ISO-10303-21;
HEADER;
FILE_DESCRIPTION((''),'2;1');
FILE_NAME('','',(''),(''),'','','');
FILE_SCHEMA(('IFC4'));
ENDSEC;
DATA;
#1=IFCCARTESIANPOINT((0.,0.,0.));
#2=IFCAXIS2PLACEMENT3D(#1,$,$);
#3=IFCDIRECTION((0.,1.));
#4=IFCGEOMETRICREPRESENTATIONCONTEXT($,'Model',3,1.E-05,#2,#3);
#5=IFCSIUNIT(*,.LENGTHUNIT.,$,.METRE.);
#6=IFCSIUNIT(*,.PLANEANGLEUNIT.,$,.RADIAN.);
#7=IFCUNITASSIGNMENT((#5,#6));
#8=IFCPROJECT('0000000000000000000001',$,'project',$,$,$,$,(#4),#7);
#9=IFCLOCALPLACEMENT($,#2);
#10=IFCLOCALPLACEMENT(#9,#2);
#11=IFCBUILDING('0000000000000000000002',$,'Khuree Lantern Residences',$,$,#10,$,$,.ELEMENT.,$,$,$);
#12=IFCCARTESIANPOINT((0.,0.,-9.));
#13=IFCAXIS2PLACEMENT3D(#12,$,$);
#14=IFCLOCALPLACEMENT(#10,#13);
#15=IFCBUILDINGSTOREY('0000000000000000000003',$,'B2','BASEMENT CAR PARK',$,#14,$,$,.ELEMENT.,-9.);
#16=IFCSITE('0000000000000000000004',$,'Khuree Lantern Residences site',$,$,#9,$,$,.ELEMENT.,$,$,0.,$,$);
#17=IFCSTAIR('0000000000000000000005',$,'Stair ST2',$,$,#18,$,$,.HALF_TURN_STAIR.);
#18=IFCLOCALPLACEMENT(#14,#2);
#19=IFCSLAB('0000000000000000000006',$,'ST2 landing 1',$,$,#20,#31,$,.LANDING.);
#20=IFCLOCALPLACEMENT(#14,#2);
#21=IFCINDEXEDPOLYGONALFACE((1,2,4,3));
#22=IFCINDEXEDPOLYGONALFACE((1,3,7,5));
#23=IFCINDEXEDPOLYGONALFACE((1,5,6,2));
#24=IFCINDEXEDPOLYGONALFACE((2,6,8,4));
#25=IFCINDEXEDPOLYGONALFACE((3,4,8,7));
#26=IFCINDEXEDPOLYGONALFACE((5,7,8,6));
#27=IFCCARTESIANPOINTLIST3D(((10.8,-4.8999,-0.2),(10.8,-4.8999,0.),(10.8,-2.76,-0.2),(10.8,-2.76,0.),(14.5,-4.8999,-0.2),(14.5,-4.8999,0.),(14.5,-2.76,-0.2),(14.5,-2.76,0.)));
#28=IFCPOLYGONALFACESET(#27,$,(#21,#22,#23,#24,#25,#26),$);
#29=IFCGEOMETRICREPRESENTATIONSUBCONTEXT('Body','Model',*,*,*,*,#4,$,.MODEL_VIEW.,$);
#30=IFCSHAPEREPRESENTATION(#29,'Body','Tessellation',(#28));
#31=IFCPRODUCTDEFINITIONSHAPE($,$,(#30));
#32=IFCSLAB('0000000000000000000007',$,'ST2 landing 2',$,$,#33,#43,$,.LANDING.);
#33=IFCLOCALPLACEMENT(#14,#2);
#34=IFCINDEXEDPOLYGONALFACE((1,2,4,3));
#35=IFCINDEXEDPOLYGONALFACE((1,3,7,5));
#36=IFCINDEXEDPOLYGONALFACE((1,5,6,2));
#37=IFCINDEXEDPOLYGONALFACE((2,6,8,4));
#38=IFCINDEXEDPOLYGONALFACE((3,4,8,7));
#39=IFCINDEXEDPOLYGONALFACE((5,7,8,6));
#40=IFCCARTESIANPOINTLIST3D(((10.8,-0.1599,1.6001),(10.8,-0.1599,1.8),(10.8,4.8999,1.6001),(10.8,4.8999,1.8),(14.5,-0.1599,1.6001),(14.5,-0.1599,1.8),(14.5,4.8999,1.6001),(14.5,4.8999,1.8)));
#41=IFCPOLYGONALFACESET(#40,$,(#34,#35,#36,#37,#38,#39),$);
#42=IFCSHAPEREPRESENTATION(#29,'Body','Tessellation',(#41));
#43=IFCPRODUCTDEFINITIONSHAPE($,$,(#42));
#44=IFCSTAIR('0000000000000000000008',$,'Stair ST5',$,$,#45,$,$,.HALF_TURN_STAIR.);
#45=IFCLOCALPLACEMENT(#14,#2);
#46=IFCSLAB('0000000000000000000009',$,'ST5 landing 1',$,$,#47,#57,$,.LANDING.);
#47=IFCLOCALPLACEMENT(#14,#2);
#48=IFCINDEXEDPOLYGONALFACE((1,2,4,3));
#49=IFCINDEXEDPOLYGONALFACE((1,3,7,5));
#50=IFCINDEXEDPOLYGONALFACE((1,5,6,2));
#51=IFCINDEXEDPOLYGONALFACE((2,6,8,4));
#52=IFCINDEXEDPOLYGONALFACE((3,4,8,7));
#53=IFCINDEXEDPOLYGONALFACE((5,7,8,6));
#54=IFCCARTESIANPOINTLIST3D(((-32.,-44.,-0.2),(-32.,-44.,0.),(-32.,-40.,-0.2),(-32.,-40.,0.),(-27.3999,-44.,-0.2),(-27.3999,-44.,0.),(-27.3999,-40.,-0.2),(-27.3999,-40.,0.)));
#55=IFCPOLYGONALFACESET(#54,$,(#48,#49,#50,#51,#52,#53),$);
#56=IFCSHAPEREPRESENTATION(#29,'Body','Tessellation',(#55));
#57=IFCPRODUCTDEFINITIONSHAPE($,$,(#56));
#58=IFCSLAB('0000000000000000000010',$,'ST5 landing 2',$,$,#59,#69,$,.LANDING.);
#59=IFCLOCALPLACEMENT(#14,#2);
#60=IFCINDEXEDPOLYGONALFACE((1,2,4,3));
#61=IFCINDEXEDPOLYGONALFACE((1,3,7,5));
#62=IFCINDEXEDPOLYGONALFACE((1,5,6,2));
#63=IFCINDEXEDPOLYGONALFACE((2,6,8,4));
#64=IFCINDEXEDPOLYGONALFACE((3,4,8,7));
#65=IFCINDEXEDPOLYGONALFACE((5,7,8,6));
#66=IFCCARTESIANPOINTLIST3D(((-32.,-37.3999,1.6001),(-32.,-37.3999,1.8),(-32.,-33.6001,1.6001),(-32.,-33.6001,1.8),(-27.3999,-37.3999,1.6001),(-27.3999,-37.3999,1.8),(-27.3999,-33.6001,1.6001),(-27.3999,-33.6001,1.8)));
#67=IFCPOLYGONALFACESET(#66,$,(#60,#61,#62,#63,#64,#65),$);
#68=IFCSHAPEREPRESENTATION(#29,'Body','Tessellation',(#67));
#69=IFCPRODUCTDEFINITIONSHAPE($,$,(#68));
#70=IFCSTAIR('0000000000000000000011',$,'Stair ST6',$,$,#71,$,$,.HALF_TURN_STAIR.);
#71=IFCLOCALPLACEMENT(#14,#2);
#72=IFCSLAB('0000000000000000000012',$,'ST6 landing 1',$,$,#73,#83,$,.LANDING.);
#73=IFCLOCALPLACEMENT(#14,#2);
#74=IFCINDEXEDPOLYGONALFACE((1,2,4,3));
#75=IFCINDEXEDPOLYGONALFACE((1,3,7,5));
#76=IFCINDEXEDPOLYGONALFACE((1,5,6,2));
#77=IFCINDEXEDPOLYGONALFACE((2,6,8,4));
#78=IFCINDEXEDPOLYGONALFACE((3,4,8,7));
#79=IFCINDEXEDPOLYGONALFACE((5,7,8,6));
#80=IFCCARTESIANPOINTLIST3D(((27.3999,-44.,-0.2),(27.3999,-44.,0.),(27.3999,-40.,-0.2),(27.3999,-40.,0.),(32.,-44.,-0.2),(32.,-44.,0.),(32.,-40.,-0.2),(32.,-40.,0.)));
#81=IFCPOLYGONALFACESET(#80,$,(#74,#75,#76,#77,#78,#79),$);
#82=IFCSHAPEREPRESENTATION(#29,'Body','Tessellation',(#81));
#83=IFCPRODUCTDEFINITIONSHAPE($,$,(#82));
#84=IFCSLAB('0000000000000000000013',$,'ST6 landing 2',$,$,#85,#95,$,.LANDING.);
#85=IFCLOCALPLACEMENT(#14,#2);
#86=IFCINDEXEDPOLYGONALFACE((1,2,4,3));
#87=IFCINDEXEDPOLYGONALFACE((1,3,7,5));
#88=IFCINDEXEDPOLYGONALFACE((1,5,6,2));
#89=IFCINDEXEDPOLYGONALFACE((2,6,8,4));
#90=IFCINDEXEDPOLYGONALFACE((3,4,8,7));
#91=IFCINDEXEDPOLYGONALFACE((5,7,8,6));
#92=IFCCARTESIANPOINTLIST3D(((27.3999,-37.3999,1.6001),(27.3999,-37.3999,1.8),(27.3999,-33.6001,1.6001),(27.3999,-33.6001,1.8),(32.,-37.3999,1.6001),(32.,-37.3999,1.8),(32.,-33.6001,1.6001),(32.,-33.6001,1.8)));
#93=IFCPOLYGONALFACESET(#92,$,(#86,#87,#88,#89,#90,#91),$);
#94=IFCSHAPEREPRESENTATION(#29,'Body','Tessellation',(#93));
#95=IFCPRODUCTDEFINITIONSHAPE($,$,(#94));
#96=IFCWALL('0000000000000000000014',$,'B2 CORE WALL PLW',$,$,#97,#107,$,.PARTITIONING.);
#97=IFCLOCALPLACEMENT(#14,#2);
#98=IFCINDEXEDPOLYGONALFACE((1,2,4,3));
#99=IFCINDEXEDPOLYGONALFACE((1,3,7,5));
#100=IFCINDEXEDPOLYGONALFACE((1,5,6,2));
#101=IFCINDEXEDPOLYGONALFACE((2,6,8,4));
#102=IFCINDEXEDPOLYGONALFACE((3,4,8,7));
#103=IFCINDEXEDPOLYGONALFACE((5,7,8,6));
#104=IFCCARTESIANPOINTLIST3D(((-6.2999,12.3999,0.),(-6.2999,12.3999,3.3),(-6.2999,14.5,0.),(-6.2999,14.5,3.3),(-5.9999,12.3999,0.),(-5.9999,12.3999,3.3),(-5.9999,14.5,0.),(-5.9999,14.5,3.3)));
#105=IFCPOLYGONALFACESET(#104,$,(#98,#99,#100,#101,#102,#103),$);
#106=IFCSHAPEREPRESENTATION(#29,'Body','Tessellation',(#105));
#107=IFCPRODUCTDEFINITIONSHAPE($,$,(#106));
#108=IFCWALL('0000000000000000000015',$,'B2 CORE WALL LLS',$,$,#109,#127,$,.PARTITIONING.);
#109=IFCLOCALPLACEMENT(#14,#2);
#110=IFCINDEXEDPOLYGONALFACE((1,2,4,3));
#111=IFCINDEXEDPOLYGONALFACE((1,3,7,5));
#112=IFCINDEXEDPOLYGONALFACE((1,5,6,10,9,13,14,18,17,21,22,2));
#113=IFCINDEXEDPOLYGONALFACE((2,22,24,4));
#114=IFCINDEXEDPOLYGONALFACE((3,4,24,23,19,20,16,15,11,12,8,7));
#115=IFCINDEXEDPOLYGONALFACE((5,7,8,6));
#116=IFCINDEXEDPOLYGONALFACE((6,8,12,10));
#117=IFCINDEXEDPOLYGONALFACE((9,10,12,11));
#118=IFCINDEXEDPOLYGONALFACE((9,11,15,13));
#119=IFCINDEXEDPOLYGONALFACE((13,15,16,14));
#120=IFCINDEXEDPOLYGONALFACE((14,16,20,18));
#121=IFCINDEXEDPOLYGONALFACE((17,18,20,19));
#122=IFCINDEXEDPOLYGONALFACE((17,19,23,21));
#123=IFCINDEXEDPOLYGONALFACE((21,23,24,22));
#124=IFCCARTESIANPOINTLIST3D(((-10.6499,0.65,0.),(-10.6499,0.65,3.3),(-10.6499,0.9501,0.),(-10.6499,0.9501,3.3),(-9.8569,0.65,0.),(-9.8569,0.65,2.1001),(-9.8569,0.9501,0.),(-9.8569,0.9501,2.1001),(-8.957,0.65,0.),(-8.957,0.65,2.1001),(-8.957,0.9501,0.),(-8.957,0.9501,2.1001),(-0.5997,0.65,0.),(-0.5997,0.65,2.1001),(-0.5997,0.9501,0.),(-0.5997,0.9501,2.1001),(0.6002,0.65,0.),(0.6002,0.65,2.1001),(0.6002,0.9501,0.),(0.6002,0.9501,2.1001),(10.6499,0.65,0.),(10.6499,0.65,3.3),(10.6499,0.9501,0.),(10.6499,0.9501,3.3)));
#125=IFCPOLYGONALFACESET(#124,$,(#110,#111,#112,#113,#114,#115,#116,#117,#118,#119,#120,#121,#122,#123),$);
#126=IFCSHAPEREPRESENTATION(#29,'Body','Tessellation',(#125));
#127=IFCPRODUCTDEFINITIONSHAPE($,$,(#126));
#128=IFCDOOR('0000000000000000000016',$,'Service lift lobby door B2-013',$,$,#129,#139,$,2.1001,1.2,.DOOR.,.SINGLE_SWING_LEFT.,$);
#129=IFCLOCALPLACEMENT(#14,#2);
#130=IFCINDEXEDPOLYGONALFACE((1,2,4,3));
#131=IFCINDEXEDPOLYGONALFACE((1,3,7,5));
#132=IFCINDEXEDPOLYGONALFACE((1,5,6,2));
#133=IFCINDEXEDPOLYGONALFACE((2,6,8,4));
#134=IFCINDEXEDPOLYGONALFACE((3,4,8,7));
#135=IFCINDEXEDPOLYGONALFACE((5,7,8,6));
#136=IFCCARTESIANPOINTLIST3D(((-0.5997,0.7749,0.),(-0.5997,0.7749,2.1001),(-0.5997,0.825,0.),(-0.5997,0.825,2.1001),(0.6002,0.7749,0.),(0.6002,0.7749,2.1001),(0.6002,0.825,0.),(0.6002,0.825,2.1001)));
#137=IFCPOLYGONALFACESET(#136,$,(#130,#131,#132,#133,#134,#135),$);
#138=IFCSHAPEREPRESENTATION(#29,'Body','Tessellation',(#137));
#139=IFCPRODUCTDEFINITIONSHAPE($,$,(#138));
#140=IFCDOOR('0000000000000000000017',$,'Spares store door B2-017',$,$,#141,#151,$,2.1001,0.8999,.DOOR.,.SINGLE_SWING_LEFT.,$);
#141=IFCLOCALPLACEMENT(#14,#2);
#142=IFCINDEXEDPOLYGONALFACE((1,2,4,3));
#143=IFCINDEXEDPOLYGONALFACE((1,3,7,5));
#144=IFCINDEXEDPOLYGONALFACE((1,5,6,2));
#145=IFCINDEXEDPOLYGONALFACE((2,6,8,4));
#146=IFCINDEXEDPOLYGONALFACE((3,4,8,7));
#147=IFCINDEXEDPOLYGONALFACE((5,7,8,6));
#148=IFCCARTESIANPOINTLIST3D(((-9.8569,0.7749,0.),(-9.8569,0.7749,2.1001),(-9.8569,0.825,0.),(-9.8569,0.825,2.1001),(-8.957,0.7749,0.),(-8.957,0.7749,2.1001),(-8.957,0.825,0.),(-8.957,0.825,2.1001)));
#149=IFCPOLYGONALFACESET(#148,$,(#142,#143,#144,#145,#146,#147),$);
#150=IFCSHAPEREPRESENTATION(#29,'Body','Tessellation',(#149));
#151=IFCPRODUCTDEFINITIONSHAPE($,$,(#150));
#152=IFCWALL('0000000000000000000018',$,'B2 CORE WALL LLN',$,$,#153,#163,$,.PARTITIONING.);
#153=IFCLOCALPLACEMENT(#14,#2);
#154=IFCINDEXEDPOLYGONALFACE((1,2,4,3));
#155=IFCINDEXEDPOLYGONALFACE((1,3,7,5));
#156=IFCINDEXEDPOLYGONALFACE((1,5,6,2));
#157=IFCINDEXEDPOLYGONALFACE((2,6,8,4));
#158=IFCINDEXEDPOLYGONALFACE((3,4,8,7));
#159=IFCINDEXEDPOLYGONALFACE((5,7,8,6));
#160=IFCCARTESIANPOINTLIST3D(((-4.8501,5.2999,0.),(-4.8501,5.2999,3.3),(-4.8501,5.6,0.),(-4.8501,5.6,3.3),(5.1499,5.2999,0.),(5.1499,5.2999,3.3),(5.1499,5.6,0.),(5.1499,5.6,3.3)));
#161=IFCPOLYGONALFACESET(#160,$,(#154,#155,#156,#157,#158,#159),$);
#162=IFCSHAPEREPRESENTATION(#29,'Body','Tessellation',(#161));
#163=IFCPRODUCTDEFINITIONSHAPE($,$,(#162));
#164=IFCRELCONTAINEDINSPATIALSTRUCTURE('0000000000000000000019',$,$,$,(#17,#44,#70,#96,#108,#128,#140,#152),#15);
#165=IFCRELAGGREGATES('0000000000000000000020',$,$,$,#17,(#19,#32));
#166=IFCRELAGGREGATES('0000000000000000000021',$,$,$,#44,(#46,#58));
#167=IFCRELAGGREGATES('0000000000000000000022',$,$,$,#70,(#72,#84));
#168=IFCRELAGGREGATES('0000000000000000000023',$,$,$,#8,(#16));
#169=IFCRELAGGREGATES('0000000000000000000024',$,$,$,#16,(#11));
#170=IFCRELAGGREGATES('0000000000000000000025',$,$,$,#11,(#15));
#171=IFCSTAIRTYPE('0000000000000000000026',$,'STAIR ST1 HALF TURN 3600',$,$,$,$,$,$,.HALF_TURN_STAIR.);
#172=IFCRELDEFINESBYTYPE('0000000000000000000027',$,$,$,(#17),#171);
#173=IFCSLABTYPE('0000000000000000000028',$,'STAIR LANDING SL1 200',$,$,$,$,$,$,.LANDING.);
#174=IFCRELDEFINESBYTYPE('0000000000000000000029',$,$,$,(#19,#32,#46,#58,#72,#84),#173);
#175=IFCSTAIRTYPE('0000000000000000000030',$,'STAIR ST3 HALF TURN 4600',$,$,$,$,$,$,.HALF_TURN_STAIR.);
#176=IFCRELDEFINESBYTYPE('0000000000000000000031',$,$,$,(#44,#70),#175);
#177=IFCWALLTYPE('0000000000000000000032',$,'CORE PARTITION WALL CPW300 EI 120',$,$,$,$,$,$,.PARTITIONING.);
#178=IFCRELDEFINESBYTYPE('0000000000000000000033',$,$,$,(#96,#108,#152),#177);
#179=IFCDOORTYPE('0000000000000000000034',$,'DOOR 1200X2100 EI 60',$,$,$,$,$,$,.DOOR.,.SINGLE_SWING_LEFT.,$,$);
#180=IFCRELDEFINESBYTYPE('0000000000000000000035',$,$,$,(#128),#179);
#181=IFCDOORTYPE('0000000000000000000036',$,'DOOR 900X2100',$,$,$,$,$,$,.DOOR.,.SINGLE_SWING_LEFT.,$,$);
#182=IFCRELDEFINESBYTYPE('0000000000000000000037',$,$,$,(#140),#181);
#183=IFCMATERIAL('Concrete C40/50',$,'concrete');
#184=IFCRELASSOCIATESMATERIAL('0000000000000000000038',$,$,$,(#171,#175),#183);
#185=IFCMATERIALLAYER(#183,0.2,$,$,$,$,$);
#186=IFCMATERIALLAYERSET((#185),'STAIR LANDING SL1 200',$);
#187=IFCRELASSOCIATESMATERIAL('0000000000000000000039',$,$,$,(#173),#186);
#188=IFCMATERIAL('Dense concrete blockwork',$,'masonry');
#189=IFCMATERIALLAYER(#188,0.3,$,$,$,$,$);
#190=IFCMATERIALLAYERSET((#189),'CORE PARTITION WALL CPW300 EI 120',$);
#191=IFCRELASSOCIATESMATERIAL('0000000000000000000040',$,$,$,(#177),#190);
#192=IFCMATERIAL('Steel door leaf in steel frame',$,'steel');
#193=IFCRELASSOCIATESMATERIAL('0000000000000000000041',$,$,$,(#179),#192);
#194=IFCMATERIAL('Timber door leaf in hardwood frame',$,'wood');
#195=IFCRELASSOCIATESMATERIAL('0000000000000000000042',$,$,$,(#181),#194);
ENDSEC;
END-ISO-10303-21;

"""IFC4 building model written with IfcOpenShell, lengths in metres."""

from ifc_helpers import new_model, si_unit, direction, frame, frame_2d, origin, place, context, subcontext, project, spatial, polyline, rectangle, outline, extrude, material, layer, layer_set, type_object, element, fill, aggregate, save


model = new_model("IFC4")

# Units and contexts
model_context = context("Model", 3, precision=1e-05, world=origin(), true_north=direction((0.0, 1.0)))
body_context = subcontext(model_context, "Body", "Model", "MODEL_VIEW")
ifc_project = project(units=[si_unit("LENGTHUNIT", "METRE"), si_unit("PLANEANGLEUNIT", "RADIAN")], contexts=[model_context])

# Site, building, storey
site_placement = place(None, origin())
site = spatial("IfcSite", under=ifc_project, at=site_placement, Name="Khuree Lantern Residences site", CompositionType="ELEMENT", RefElevation=0.0)
building_placement = place(site_placement, origin())
building = spatial("IfcBuilding", under=site, at=building_placement, Name="Khuree Lantern Residences", CompositionType="ELEMENT")
storey_placement = place(building_placement, frame((0.0, 0.0, -9.0)))
storey = spatial("IfcBuildingStorey", under=building, at=storey_placement, Name="B2", Description="BASEMENT CAR PARK", CompositionType="ELEMENT", Elevation=-9.0)

# Shared definitions
ifc_material_1 = material(Name="Concrete C40/50", Category="concrete")

# Stairs, slabs
stair_type_1 = type_object("IfcStairType", Name="STAIR ST1 HALF TURN 3600", PredefinedType="HALF_TURN_STAIR", material=ifc_material_1)
ifc_layer_1 = layer(ifc_material_1, 0.2)
ifc_layer_set_1 = layer_set([ifc_layer_1], Name="STAIR LANDING SL1 200")
slab_type = type_object("IfcSlabType", Name="STAIR LANDING SL1 200", PredefinedType="LANDING", material=ifc_layer_set_1)
stair_1_placement = place(storey_placement, origin())
stair_1 = element("IfcStair", 1, at=stair_1_placement, inside=storey, type_object=stair_type_1, Name="Stair ST2", PredefinedType="HALF_TURN_STAIR")
slab_1_placement = place(storey_placement, frame((0.0, 0.0, -0.2)))
slab_1 = element("IfcSlab", 2, at=slab_1_placement, type_object=slab_type, Name="ST2 landing 1", PredefinedType="LANDING", context=body_context, shape_type="SweptSolid", body=[
    extrude(outline(polyline([(10.8, -4.8999), (14.5, -4.8999), (14.5, -2.76), (10.8, -2.76), (10.8, -4.8999)])), origin(), (0.0, 0.0, 1.0), 0.2),
])
slab_2_placement = place(storey_placement, frame((0.0, 0.0, 1.6001)))
slab_2 = element("IfcSlab", 3, at=slab_2_placement, type_object=slab_type, Name="ST2 landing 2", PredefinedType="LANDING", context=body_context, shape_type="SweptSolid", body=[
    extrude(outline(polyline([(14.5, 4.8999), (14.5, -0.1599), (10.8, -0.1599), (10.8, 4.8999), (14.5, 4.8999)])), origin(), (0.0, 0.0, 1.0), 0.2),
])
aggregate(stair_1, [slab_1, slab_2])
stair_type_2 = type_object("IfcStairType", Name="STAIR ST3 HALF TURN 4600", PredefinedType="HALF_TURN_STAIR", material=ifc_material_1)
stair_2_placement = place(storey_placement, origin())
stair_2 = element("IfcStair", 4, at=stair_2_placement, inside=storey, type_object=stair_type_2, Name="Stair ST5", PredefinedType="HALF_TURN_STAIR")
slab_3_placement = place(storey_placement, frame((0.0, 0.0, -0.2)))
slab_3 = element("IfcSlab", 5, at=slab_3_placement, type_object=slab_type, Name="ST5 landing 1", PredefinedType="LANDING", context=body_context, shape_type="SweptSolid", body=[
    extrude(outline(polyline([(-32.0, -44.0), (-27.3999, -44.0), (-27.3999, -40.0), (-32.0, -40.0), (-32.0, -44.0)])), origin(), (0.0, 0.0, 1.0), 0.2),
])
slab_4_placement = place(storey_placement, frame((0.0, 0.0, 1.6001)))
slab_4 = element("IfcSlab", 6, at=slab_4_placement, type_object=slab_type, Name="ST5 landing 2", PredefinedType="LANDING", context=body_context, shape_type="SweptSolid", body=[
    extrude(outline(polyline([(-32.0, -37.3999), (-32.0, -33.6001), (-27.3999, -33.6001), (-27.3999, -37.3999), (-32.0, -37.3999)])), origin(), (0.0, 0.0, 1.0), 0.2),
])
aggregate(stair_2, [slab_3, slab_4])
stair_3_placement = place(storey_placement, origin())
stair_3 = element("IfcStair", 7, at=stair_3_placement, inside=storey, type_object=stair_type_2, Name="Stair ST6", PredefinedType="HALF_TURN_STAIR")
slab_5_placement = place(storey_placement, frame((0.0, 0.0, -0.2)))
slab_5 = element("IfcSlab", 8, at=slab_5_placement, type_object=slab_type, Name="ST6 landing 1", PredefinedType="LANDING", context=body_context, shape_type="SweptSolid", body=[
    extrude(outline(polyline([(27.3999, -44.0), (32.0, -44.0), (32.0, -40.0), (27.3999, -40.0), (27.3999, -44.0)])), origin(), (0.0, 0.0, 1.0), 0.2),
])
slab_6_placement = place(storey_placement, frame((0.0, 0.0, 1.6001)))
slab_6 = element("IfcSlab", 9, at=slab_6_placement, type_object=slab_type, Name="ST6 landing 2", PredefinedType="LANDING", context=body_context, shape_type="SweptSolid", body=[
    extrude(outline(polyline([(32.0, -33.6001), (32.0, -37.3999), (27.3999, -37.3999), (27.3999, -33.6001), (32.0, -33.6001)])), origin(), (0.0, 0.0, 1.0), 0.2),
])
aggregate(stair_3, [slab_5, slab_6])

# Wall
ifc_material_2 = material(Name="Dense concrete blockwork", Category="masonry")
ifc_layer_2 = layer(ifc_material_2, 0.3)
ifc_layer_set_2 = layer_set([ifc_layer_2], Name="CORE PARTITION WALL CPW300 EI 120")
wall_type_1 = type_object("IfcWallType", Name="CORE PARTITION WALL CPW300 EI 120", PredefinedType="PARTITIONING", material=ifc_layer_set_2)
wall_1_placement = place(storey_placement, frame((-6.1499, 12.3999, 0.0), z_axis=(0.0, 0.0, 1.0), x_axis=(0.0, 1.0, 0.0)))
element("IfcWall", 10, at=wall_1_placement, inside=storey, type_object=wall_type_1, Name="B2 CORE WALL PLW", PredefinedType="PARTITIONING", context=body_context, shape_type="SweptSolid", body=[
    extrude(rectangle(XDim=2.1001, YDim=0.3, at=frame_2d((1.05, 0.0))), origin(), (0.0, 0.0, 1.0), 3.3),
])

# Wall, openings, doors
wall_2_placement = place(storey_placement, frame((-10.6499, 0.8, 0.0), z_axis=(0.0, 0.0, 1.0), x_axis=(1.0, 0.0, 0.0)))
wall_2 = element("IfcWall", 11, at=wall_2_placement, inside=storey, type_object=wall_type_1, Name="B2 CORE WALL LLS", PredefinedType="PARTITIONING", context=body_context, shape_type="SweptSolid", body=[
    extrude(rectangle(XDim=21.2998, YDim=0.3, at=frame_2d((10.6499, 0.0))), origin(), (0.0, 0.0, 1.0), 3.3),
])
opening_1_placement = place(wall_2_placement, frame((10.05, 0.0, 0.0)))
opening_1 = element("IfcOpeningElement", 12, at=opening_1_placement, cuts=wall_2, PredefinedType="OPENING", context=body_context, shape_type="SweptSolid", body=[
    extrude(rectangle(XDim=1.2, YDim=2.1001, at=frame_2d((0.6001, 1.05))), frame((0.0, 0.1602, 0.0), z_axis=(0.0, -1.0, 0.0), x_axis=(1.0, 0.0, 0.0)), (0.0, 0.0, 1.0), 0.3201),
])
opening_2_placement = place(wall_2_placement, frame((0.793, 0.0, 0.0)))
opening_2 = element("IfcOpeningElement", 13, at=opening_2_placement, cuts=wall_2, PredefinedType="OPENING", context=body_context, shape_type="SweptSolid", body=[
    extrude(rectangle(XDim=0.8999, YDim=2.1001, at=frame_2d((0.45, 1.05))), frame((0.0, 0.1602, 0.0), z_axis=(0.0, -1.0, 0.0), x_axis=(1.0, 0.0, 0.0)), (0.0, 0.0, 1.0), 0.3201),
])
ifc_material_3 = material(Name="Steel door leaf in steel frame", Category="steel")
door_type_1 = type_object("IfcDoorType", Name="DOOR 1200X2100 EI 60", OperationType="SINGLE_SWING_LEFT", PredefinedType="DOOR", material=ifc_material_3)
door_1_placement = place(opening_1_placement, origin())
door_1 = element("IfcDoor", 14, at=door_1_placement, inside=storey, type_object=door_type_1, Name="Service lift lobby door B2-013", OperationType="SINGLE_SWING_LEFT", OverallHeight=2.1001, OverallWidth=1.2, PredefinedType="DOOR", context=body_context, shape_type="SweptSolid", body=[
    extrude(rectangle(XDim=1.2, YDim=2.1001, at=frame_2d((0.6001, 1.05))), frame((0.0, 0.0249, 0.0), z_axis=(0.0, -1.0, 0.0), x_axis=(1.0, 0.0, 0.0)), (0.0, 0.0, 1.0), 0.05),
])
fill(opening_1, door_1)
ifc_material_4 = material(Name="Timber door leaf in hardwood frame", Category="wood")
door_type_2 = type_object("IfcDoorType", Name="DOOR 900X2100", OperationType="SINGLE_SWING_LEFT", PredefinedType="DOOR", material=ifc_material_4)
door_2_placement = place(opening_2_placement, origin())
door_2 = element("IfcDoor", 15, at=door_2_placement, inside=storey, type_object=door_type_2, Name="Spares store door B2-017", OperationType="SINGLE_SWING_LEFT", OverallHeight=2.1001, OverallWidth=0.8999, PredefinedType="DOOR", context=body_context, shape_type="SweptSolid", body=[
    extrude(rectangle(XDim=0.8999, YDim=2.1001, at=frame_2d((0.45, 1.05))), frame((0.0, 0.0249, 0.0), z_axis=(0.0, -1.0, 0.0), x_axis=(1.0, 0.0, 0.0)), (0.0, 0.0, 1.0), 0.05),
])
fill(opening_2, door_2)

# Wall
wall_3_placement = place(storey_placement, frame((-4.8501, 5.45, 0.0), z_axis=(0.0, 0.0, 1.0), x_axis=(1.0, 0.0, 0.0)))
element("IfcWall", 16, at=wall_3_placement, inside=storey, type_object=wall_type_1, Name="B2 CORE WALL LLN", PredefinedType="PARTITIONING", context=body_context, shape_type="SweptSolid", body=[
    extrude(rectangle(XDim=10.0, YDim=0.3, at=frame_2d((5.0, 0.0))), origin(), (0.0, 0.0, 1.0), 3.3),
])

save(model, "model.ifc")
